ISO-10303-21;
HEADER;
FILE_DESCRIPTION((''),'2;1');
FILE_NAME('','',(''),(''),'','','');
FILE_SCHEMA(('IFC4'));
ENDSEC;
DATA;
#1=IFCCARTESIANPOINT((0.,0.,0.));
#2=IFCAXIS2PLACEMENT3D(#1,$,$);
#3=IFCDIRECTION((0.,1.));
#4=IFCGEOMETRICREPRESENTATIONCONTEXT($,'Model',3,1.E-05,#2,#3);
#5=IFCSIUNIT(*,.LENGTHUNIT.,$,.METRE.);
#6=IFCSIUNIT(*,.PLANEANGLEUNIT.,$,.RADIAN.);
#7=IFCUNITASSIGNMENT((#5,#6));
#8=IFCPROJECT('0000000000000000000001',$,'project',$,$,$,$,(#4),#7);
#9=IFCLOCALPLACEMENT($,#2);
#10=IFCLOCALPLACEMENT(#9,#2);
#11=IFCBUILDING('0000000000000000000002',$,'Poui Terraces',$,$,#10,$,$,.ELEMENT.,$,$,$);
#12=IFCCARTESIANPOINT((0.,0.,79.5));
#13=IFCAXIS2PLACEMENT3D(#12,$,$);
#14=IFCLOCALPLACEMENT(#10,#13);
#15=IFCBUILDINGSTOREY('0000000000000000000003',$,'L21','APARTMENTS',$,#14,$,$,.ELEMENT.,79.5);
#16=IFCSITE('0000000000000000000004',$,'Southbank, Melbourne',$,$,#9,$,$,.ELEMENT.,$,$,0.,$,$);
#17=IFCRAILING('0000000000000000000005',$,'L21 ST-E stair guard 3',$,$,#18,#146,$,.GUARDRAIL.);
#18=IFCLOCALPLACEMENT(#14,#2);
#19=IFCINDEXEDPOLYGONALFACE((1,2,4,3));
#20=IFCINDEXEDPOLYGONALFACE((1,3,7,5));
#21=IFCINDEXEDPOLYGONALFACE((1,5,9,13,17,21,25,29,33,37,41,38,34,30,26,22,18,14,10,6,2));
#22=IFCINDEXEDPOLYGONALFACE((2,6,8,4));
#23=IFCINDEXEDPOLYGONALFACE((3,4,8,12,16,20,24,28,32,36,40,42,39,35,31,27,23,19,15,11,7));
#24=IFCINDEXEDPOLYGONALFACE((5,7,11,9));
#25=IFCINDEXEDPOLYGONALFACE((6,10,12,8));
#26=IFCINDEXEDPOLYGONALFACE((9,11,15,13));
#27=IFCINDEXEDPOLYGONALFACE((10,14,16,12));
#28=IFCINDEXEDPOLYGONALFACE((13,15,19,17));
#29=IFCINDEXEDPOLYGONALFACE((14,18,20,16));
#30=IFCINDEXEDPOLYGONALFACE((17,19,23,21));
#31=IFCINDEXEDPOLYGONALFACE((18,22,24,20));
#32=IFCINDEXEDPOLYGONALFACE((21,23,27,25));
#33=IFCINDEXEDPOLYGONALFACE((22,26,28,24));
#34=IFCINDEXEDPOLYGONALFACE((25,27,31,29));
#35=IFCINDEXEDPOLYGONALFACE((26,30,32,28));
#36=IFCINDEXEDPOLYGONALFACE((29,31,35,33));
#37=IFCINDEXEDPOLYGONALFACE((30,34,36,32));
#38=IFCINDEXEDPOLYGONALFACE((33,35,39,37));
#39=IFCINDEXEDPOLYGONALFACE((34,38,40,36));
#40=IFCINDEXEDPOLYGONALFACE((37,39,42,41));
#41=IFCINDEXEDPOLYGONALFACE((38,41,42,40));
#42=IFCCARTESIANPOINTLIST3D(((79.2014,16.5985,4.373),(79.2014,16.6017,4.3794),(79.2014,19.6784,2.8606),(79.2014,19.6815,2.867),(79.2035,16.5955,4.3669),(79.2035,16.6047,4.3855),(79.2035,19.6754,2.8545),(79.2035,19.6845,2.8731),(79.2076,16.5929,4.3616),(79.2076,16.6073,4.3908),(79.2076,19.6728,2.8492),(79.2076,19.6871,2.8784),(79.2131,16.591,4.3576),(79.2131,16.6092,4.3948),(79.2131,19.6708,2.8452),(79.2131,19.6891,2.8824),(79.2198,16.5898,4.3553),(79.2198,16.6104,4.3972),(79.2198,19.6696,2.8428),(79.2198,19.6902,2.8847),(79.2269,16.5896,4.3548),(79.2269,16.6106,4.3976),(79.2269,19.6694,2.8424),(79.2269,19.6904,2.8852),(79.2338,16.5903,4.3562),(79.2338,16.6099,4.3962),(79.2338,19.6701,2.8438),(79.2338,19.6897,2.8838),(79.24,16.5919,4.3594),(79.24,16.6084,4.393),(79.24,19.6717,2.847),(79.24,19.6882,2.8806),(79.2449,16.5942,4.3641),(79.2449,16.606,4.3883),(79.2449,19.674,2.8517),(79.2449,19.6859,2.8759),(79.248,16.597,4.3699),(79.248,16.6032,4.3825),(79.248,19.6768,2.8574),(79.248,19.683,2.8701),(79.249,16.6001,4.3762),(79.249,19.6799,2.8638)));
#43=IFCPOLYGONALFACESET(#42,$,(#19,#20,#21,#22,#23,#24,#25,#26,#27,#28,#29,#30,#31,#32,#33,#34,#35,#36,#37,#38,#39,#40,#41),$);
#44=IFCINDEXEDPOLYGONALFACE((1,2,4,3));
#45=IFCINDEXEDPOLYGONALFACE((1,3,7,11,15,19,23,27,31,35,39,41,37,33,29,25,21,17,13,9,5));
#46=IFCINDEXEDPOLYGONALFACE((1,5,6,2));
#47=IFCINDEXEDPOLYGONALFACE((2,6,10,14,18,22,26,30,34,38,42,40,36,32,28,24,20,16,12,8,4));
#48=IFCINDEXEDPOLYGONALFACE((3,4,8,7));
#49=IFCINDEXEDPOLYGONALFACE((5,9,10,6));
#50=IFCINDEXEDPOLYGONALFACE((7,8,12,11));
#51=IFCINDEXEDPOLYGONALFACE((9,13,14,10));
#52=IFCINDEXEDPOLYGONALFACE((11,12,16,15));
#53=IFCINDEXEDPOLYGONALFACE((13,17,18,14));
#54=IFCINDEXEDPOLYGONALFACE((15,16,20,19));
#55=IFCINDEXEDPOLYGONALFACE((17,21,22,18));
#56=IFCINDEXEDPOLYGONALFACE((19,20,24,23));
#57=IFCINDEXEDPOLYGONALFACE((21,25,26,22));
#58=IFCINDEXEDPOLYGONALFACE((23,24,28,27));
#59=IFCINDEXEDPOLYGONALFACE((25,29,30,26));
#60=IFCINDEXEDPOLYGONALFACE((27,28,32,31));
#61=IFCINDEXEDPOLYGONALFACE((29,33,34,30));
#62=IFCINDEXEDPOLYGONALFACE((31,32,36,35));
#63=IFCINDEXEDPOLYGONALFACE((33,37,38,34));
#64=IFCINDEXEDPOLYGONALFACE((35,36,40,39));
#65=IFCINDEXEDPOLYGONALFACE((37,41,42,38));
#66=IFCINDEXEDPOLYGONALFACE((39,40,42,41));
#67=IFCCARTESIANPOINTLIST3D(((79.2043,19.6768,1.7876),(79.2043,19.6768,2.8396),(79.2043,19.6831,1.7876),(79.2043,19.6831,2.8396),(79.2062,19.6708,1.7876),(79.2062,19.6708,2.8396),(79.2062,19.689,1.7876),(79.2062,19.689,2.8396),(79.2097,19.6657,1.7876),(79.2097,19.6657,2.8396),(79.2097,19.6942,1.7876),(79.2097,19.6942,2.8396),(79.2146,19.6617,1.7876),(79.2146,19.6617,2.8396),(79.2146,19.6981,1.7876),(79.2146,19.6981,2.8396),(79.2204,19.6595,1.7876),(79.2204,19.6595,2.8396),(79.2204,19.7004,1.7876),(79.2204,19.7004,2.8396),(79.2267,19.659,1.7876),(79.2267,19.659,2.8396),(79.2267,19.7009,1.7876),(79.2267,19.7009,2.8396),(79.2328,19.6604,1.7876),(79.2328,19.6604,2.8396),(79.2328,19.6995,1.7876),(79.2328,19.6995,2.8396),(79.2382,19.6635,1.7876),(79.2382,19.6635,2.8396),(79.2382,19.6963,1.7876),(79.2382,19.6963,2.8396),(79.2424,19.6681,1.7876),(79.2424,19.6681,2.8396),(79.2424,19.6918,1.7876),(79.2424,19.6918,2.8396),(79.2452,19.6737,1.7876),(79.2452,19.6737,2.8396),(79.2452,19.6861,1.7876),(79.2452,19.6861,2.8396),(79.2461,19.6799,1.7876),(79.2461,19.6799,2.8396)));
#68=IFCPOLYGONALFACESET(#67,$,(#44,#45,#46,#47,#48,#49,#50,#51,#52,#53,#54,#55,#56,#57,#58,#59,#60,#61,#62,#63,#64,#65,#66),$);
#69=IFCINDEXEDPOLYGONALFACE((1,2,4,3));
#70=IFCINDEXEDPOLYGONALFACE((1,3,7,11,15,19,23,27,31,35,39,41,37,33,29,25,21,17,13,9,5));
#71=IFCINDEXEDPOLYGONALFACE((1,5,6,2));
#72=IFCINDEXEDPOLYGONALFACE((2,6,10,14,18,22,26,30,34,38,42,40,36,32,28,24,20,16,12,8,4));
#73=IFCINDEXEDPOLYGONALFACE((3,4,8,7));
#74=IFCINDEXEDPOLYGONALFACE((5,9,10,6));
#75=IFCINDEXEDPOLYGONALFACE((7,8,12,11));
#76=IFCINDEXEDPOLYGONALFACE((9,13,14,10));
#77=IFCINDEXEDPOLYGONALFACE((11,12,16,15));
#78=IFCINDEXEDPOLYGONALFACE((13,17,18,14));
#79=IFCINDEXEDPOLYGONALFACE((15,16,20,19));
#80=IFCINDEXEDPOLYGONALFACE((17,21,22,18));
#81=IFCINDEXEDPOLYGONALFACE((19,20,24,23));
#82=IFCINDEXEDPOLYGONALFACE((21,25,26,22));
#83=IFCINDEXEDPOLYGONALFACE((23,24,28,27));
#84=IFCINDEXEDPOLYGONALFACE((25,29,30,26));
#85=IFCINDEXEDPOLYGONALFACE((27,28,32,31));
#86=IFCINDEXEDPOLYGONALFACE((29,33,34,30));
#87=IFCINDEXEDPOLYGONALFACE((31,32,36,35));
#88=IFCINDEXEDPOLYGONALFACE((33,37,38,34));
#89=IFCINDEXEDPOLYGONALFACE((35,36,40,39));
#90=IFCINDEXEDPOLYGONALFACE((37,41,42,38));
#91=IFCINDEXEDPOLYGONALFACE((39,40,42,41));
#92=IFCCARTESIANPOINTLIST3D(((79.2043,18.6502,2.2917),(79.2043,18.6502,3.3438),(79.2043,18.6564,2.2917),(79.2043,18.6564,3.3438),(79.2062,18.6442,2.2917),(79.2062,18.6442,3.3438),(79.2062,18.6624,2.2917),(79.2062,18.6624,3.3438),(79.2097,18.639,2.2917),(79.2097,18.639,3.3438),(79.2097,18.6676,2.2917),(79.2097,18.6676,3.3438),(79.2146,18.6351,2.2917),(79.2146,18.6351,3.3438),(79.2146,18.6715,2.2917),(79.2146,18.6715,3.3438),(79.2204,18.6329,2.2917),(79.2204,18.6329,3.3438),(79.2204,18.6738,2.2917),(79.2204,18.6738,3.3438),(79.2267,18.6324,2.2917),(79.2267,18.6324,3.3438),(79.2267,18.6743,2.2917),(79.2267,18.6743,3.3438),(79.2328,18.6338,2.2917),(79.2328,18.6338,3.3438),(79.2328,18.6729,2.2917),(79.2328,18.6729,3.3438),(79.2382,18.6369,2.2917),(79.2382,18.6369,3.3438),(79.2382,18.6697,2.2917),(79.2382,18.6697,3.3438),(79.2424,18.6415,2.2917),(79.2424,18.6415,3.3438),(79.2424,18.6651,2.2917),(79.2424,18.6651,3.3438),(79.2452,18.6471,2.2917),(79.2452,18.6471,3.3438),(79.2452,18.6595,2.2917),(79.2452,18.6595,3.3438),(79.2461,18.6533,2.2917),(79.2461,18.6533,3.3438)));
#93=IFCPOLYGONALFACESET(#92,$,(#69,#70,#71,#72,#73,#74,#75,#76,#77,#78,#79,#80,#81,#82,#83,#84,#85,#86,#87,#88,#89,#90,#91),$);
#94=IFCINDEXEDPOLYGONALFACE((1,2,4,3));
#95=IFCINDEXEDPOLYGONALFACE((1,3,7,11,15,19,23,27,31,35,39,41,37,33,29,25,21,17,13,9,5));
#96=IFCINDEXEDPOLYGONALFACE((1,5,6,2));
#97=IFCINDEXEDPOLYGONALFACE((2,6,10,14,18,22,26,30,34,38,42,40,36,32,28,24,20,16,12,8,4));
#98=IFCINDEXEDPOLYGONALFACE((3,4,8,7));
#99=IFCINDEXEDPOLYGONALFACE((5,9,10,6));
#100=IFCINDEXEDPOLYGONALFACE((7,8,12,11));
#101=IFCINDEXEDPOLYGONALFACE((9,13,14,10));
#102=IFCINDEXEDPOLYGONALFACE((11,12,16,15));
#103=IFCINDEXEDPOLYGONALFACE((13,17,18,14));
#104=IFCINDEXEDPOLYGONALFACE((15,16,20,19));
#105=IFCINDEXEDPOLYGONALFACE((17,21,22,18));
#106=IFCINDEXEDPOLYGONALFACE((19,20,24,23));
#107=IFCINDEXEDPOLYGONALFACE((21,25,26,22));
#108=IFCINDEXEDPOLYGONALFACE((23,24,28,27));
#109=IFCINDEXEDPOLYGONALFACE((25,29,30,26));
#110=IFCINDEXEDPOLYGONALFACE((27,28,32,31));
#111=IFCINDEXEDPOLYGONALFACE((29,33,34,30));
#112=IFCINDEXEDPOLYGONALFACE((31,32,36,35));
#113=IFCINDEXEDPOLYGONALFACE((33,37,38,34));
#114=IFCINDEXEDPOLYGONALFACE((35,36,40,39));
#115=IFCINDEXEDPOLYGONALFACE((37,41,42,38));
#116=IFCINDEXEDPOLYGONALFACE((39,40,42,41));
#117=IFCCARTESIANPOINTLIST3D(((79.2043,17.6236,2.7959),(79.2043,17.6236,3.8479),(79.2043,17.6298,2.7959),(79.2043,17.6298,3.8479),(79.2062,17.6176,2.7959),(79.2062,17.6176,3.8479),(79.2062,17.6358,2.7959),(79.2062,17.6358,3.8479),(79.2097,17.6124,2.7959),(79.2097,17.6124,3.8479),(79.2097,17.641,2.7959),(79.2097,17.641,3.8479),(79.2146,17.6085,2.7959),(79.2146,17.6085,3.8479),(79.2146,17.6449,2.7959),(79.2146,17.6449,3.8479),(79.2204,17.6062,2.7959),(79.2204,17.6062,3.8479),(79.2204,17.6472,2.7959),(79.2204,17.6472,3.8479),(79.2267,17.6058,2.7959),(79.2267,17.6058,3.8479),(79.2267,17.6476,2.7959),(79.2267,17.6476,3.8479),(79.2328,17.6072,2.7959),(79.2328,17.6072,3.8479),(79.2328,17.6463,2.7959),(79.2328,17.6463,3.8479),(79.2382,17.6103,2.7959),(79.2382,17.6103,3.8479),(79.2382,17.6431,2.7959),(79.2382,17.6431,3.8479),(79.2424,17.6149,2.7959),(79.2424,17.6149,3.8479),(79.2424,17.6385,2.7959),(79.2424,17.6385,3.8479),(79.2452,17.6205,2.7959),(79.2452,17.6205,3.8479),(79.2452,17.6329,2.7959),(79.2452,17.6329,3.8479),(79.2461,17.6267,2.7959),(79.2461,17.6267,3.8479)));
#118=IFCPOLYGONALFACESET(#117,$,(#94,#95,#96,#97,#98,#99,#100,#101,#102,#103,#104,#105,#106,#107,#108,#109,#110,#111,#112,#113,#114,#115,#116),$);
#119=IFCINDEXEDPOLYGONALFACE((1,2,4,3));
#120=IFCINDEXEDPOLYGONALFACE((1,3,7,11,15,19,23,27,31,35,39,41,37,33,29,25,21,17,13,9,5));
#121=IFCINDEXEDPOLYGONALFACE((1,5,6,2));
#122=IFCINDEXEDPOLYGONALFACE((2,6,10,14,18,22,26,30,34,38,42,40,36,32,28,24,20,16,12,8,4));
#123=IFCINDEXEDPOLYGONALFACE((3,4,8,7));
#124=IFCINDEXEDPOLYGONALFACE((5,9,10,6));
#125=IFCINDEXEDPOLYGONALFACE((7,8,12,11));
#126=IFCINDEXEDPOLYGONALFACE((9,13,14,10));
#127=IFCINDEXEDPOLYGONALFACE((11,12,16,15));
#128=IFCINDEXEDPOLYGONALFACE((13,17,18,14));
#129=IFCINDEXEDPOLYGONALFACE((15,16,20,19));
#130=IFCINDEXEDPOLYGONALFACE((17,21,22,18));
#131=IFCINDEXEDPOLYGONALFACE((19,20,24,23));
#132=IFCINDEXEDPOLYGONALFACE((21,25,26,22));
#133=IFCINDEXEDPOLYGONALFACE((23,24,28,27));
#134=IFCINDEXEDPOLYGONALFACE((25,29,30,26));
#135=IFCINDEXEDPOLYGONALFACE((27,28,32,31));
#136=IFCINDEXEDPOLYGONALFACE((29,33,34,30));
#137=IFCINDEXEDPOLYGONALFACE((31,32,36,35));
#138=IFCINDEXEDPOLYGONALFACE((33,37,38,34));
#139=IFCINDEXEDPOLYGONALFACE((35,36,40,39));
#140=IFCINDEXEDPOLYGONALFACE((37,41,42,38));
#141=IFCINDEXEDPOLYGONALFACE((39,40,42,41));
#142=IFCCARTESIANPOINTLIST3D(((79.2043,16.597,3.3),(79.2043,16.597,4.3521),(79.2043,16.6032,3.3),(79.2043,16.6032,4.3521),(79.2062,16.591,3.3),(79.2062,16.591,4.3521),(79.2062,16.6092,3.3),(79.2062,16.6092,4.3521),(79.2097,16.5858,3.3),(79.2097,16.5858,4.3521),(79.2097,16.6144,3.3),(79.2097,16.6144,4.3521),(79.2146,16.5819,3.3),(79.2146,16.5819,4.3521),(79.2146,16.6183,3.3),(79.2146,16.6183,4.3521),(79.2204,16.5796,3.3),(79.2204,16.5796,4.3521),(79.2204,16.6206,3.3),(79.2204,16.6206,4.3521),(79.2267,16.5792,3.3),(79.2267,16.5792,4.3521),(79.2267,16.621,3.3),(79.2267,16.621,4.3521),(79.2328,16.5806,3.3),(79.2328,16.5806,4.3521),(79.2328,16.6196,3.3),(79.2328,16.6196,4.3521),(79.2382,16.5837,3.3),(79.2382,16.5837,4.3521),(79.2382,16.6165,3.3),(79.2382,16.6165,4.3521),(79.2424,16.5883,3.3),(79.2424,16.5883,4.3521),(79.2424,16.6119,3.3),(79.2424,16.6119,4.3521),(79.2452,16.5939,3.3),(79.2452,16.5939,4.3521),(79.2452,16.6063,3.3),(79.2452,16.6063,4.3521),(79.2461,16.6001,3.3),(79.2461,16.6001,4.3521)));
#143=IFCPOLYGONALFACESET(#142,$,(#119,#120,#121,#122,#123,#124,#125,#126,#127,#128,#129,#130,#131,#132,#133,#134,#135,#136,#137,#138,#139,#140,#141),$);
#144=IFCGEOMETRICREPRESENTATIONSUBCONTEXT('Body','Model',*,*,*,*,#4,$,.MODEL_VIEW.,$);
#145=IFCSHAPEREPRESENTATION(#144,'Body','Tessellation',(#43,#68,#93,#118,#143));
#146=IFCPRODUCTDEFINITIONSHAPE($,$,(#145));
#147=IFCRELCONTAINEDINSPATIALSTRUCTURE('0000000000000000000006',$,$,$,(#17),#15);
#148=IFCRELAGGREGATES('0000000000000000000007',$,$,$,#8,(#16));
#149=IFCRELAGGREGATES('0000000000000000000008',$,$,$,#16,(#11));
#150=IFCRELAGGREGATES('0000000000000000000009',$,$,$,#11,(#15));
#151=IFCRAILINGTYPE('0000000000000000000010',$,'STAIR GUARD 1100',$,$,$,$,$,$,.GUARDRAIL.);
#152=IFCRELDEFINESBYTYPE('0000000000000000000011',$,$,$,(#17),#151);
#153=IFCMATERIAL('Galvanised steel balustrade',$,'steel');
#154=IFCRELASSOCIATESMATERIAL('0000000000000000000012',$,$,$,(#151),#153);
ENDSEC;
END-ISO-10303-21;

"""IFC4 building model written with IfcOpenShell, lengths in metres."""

from ifc_helpers import new_model, si_unit, direction, frame, origin, origin_2d, place, context, subcontext, project, spatial, circle, extrude, material, type_object, element, save


model = new_model("IFC4")

# Units and contexts
model_context = context("Model", 3, precision=1e-05, world=origin(), true_north=direction((0.0, 1.0)))
body_context = subcontext(model_context, "Body", "Model", "MODEL_VIEW")
ifc_project = project(units=[si_unit("LENGTHUNIT", "METRE"), si_unit("PLANEANGLEUNIT", "RADIAN")], contexts=[model_context])

# Site, building, storey
site_placement = place(None, origin())
site = spatial("IfcSite", under=ifc_project, at=site_placement, Name="Southbank, Melbourne", CompositionType="ELEMENT", RefElevation=0.0)
building_placement = place(site_placement, origin())
building = spatial("IfcBuilding", under=site, at=building_placement, Name="Poui Terraces", CompositionType="ELEMENT")
storey_placement = place(building_placement, frame((0.0, 0.0, 79.5)))
storey = spatial("IfcBuildingStorey", under=building, at=storey_placement, Name="L21", Description="APARTMENTS", CompositionType="ELEMENT", Elevation=79.5)

# Railing
ifc_material_1 = material(Name="Galvanised steel balustrade", Category="steel")
railing_type_1 = type_object("IfcRailingType", Name="STAIR GUARD 1100", PredefinedType="GUARDRAIL", material=ifc_material_1)
railing_1_placement = place(storey_placement, frame((79.2251, 19.6799, 1.7876)))
element("IfcRailing", 1, at=railing_1_placement, inside=storey, type_object=railing_type_1, Name="L21 ST-E stair guard 3", PredefinedType="GUARDRAIL", context=body_context, shape_type="SweptSolid", body=[
    extrude(circle(Radius=0.0239, at=origin_2d()), frame((0.0, 0.0, 1.0762), z_axis=(0.0, -0.897606, 0.440798), x_axis=(1.0, 0.0, 0.0)), (0.0, 0.0, 1.0), 3.4312),
    extrude(circle(Radius=0.021, at=origin_2d()), origin(), (0.0, 0.0, 1.0), 1.052),
    extrude(circle(Radius=0.021, at=origin_2d()), frame((0.0, -1.0266, 0.5042)), (0.0, 0.0, 1.0), 1.052),
    extrude(circle(Radius=0.021, at=origin_2d()), frame((0.0, -2.0532, 1.0083)), (0.0, 0.0, 1.0), 1.052),
    extrude(circle(Radius=0.021, at=origin_2d()), frame((0.0, -3.0798, 1.5125)), (0.0, 0.0, 1.0), 1.052),
])

save(model, "model.ifc")
